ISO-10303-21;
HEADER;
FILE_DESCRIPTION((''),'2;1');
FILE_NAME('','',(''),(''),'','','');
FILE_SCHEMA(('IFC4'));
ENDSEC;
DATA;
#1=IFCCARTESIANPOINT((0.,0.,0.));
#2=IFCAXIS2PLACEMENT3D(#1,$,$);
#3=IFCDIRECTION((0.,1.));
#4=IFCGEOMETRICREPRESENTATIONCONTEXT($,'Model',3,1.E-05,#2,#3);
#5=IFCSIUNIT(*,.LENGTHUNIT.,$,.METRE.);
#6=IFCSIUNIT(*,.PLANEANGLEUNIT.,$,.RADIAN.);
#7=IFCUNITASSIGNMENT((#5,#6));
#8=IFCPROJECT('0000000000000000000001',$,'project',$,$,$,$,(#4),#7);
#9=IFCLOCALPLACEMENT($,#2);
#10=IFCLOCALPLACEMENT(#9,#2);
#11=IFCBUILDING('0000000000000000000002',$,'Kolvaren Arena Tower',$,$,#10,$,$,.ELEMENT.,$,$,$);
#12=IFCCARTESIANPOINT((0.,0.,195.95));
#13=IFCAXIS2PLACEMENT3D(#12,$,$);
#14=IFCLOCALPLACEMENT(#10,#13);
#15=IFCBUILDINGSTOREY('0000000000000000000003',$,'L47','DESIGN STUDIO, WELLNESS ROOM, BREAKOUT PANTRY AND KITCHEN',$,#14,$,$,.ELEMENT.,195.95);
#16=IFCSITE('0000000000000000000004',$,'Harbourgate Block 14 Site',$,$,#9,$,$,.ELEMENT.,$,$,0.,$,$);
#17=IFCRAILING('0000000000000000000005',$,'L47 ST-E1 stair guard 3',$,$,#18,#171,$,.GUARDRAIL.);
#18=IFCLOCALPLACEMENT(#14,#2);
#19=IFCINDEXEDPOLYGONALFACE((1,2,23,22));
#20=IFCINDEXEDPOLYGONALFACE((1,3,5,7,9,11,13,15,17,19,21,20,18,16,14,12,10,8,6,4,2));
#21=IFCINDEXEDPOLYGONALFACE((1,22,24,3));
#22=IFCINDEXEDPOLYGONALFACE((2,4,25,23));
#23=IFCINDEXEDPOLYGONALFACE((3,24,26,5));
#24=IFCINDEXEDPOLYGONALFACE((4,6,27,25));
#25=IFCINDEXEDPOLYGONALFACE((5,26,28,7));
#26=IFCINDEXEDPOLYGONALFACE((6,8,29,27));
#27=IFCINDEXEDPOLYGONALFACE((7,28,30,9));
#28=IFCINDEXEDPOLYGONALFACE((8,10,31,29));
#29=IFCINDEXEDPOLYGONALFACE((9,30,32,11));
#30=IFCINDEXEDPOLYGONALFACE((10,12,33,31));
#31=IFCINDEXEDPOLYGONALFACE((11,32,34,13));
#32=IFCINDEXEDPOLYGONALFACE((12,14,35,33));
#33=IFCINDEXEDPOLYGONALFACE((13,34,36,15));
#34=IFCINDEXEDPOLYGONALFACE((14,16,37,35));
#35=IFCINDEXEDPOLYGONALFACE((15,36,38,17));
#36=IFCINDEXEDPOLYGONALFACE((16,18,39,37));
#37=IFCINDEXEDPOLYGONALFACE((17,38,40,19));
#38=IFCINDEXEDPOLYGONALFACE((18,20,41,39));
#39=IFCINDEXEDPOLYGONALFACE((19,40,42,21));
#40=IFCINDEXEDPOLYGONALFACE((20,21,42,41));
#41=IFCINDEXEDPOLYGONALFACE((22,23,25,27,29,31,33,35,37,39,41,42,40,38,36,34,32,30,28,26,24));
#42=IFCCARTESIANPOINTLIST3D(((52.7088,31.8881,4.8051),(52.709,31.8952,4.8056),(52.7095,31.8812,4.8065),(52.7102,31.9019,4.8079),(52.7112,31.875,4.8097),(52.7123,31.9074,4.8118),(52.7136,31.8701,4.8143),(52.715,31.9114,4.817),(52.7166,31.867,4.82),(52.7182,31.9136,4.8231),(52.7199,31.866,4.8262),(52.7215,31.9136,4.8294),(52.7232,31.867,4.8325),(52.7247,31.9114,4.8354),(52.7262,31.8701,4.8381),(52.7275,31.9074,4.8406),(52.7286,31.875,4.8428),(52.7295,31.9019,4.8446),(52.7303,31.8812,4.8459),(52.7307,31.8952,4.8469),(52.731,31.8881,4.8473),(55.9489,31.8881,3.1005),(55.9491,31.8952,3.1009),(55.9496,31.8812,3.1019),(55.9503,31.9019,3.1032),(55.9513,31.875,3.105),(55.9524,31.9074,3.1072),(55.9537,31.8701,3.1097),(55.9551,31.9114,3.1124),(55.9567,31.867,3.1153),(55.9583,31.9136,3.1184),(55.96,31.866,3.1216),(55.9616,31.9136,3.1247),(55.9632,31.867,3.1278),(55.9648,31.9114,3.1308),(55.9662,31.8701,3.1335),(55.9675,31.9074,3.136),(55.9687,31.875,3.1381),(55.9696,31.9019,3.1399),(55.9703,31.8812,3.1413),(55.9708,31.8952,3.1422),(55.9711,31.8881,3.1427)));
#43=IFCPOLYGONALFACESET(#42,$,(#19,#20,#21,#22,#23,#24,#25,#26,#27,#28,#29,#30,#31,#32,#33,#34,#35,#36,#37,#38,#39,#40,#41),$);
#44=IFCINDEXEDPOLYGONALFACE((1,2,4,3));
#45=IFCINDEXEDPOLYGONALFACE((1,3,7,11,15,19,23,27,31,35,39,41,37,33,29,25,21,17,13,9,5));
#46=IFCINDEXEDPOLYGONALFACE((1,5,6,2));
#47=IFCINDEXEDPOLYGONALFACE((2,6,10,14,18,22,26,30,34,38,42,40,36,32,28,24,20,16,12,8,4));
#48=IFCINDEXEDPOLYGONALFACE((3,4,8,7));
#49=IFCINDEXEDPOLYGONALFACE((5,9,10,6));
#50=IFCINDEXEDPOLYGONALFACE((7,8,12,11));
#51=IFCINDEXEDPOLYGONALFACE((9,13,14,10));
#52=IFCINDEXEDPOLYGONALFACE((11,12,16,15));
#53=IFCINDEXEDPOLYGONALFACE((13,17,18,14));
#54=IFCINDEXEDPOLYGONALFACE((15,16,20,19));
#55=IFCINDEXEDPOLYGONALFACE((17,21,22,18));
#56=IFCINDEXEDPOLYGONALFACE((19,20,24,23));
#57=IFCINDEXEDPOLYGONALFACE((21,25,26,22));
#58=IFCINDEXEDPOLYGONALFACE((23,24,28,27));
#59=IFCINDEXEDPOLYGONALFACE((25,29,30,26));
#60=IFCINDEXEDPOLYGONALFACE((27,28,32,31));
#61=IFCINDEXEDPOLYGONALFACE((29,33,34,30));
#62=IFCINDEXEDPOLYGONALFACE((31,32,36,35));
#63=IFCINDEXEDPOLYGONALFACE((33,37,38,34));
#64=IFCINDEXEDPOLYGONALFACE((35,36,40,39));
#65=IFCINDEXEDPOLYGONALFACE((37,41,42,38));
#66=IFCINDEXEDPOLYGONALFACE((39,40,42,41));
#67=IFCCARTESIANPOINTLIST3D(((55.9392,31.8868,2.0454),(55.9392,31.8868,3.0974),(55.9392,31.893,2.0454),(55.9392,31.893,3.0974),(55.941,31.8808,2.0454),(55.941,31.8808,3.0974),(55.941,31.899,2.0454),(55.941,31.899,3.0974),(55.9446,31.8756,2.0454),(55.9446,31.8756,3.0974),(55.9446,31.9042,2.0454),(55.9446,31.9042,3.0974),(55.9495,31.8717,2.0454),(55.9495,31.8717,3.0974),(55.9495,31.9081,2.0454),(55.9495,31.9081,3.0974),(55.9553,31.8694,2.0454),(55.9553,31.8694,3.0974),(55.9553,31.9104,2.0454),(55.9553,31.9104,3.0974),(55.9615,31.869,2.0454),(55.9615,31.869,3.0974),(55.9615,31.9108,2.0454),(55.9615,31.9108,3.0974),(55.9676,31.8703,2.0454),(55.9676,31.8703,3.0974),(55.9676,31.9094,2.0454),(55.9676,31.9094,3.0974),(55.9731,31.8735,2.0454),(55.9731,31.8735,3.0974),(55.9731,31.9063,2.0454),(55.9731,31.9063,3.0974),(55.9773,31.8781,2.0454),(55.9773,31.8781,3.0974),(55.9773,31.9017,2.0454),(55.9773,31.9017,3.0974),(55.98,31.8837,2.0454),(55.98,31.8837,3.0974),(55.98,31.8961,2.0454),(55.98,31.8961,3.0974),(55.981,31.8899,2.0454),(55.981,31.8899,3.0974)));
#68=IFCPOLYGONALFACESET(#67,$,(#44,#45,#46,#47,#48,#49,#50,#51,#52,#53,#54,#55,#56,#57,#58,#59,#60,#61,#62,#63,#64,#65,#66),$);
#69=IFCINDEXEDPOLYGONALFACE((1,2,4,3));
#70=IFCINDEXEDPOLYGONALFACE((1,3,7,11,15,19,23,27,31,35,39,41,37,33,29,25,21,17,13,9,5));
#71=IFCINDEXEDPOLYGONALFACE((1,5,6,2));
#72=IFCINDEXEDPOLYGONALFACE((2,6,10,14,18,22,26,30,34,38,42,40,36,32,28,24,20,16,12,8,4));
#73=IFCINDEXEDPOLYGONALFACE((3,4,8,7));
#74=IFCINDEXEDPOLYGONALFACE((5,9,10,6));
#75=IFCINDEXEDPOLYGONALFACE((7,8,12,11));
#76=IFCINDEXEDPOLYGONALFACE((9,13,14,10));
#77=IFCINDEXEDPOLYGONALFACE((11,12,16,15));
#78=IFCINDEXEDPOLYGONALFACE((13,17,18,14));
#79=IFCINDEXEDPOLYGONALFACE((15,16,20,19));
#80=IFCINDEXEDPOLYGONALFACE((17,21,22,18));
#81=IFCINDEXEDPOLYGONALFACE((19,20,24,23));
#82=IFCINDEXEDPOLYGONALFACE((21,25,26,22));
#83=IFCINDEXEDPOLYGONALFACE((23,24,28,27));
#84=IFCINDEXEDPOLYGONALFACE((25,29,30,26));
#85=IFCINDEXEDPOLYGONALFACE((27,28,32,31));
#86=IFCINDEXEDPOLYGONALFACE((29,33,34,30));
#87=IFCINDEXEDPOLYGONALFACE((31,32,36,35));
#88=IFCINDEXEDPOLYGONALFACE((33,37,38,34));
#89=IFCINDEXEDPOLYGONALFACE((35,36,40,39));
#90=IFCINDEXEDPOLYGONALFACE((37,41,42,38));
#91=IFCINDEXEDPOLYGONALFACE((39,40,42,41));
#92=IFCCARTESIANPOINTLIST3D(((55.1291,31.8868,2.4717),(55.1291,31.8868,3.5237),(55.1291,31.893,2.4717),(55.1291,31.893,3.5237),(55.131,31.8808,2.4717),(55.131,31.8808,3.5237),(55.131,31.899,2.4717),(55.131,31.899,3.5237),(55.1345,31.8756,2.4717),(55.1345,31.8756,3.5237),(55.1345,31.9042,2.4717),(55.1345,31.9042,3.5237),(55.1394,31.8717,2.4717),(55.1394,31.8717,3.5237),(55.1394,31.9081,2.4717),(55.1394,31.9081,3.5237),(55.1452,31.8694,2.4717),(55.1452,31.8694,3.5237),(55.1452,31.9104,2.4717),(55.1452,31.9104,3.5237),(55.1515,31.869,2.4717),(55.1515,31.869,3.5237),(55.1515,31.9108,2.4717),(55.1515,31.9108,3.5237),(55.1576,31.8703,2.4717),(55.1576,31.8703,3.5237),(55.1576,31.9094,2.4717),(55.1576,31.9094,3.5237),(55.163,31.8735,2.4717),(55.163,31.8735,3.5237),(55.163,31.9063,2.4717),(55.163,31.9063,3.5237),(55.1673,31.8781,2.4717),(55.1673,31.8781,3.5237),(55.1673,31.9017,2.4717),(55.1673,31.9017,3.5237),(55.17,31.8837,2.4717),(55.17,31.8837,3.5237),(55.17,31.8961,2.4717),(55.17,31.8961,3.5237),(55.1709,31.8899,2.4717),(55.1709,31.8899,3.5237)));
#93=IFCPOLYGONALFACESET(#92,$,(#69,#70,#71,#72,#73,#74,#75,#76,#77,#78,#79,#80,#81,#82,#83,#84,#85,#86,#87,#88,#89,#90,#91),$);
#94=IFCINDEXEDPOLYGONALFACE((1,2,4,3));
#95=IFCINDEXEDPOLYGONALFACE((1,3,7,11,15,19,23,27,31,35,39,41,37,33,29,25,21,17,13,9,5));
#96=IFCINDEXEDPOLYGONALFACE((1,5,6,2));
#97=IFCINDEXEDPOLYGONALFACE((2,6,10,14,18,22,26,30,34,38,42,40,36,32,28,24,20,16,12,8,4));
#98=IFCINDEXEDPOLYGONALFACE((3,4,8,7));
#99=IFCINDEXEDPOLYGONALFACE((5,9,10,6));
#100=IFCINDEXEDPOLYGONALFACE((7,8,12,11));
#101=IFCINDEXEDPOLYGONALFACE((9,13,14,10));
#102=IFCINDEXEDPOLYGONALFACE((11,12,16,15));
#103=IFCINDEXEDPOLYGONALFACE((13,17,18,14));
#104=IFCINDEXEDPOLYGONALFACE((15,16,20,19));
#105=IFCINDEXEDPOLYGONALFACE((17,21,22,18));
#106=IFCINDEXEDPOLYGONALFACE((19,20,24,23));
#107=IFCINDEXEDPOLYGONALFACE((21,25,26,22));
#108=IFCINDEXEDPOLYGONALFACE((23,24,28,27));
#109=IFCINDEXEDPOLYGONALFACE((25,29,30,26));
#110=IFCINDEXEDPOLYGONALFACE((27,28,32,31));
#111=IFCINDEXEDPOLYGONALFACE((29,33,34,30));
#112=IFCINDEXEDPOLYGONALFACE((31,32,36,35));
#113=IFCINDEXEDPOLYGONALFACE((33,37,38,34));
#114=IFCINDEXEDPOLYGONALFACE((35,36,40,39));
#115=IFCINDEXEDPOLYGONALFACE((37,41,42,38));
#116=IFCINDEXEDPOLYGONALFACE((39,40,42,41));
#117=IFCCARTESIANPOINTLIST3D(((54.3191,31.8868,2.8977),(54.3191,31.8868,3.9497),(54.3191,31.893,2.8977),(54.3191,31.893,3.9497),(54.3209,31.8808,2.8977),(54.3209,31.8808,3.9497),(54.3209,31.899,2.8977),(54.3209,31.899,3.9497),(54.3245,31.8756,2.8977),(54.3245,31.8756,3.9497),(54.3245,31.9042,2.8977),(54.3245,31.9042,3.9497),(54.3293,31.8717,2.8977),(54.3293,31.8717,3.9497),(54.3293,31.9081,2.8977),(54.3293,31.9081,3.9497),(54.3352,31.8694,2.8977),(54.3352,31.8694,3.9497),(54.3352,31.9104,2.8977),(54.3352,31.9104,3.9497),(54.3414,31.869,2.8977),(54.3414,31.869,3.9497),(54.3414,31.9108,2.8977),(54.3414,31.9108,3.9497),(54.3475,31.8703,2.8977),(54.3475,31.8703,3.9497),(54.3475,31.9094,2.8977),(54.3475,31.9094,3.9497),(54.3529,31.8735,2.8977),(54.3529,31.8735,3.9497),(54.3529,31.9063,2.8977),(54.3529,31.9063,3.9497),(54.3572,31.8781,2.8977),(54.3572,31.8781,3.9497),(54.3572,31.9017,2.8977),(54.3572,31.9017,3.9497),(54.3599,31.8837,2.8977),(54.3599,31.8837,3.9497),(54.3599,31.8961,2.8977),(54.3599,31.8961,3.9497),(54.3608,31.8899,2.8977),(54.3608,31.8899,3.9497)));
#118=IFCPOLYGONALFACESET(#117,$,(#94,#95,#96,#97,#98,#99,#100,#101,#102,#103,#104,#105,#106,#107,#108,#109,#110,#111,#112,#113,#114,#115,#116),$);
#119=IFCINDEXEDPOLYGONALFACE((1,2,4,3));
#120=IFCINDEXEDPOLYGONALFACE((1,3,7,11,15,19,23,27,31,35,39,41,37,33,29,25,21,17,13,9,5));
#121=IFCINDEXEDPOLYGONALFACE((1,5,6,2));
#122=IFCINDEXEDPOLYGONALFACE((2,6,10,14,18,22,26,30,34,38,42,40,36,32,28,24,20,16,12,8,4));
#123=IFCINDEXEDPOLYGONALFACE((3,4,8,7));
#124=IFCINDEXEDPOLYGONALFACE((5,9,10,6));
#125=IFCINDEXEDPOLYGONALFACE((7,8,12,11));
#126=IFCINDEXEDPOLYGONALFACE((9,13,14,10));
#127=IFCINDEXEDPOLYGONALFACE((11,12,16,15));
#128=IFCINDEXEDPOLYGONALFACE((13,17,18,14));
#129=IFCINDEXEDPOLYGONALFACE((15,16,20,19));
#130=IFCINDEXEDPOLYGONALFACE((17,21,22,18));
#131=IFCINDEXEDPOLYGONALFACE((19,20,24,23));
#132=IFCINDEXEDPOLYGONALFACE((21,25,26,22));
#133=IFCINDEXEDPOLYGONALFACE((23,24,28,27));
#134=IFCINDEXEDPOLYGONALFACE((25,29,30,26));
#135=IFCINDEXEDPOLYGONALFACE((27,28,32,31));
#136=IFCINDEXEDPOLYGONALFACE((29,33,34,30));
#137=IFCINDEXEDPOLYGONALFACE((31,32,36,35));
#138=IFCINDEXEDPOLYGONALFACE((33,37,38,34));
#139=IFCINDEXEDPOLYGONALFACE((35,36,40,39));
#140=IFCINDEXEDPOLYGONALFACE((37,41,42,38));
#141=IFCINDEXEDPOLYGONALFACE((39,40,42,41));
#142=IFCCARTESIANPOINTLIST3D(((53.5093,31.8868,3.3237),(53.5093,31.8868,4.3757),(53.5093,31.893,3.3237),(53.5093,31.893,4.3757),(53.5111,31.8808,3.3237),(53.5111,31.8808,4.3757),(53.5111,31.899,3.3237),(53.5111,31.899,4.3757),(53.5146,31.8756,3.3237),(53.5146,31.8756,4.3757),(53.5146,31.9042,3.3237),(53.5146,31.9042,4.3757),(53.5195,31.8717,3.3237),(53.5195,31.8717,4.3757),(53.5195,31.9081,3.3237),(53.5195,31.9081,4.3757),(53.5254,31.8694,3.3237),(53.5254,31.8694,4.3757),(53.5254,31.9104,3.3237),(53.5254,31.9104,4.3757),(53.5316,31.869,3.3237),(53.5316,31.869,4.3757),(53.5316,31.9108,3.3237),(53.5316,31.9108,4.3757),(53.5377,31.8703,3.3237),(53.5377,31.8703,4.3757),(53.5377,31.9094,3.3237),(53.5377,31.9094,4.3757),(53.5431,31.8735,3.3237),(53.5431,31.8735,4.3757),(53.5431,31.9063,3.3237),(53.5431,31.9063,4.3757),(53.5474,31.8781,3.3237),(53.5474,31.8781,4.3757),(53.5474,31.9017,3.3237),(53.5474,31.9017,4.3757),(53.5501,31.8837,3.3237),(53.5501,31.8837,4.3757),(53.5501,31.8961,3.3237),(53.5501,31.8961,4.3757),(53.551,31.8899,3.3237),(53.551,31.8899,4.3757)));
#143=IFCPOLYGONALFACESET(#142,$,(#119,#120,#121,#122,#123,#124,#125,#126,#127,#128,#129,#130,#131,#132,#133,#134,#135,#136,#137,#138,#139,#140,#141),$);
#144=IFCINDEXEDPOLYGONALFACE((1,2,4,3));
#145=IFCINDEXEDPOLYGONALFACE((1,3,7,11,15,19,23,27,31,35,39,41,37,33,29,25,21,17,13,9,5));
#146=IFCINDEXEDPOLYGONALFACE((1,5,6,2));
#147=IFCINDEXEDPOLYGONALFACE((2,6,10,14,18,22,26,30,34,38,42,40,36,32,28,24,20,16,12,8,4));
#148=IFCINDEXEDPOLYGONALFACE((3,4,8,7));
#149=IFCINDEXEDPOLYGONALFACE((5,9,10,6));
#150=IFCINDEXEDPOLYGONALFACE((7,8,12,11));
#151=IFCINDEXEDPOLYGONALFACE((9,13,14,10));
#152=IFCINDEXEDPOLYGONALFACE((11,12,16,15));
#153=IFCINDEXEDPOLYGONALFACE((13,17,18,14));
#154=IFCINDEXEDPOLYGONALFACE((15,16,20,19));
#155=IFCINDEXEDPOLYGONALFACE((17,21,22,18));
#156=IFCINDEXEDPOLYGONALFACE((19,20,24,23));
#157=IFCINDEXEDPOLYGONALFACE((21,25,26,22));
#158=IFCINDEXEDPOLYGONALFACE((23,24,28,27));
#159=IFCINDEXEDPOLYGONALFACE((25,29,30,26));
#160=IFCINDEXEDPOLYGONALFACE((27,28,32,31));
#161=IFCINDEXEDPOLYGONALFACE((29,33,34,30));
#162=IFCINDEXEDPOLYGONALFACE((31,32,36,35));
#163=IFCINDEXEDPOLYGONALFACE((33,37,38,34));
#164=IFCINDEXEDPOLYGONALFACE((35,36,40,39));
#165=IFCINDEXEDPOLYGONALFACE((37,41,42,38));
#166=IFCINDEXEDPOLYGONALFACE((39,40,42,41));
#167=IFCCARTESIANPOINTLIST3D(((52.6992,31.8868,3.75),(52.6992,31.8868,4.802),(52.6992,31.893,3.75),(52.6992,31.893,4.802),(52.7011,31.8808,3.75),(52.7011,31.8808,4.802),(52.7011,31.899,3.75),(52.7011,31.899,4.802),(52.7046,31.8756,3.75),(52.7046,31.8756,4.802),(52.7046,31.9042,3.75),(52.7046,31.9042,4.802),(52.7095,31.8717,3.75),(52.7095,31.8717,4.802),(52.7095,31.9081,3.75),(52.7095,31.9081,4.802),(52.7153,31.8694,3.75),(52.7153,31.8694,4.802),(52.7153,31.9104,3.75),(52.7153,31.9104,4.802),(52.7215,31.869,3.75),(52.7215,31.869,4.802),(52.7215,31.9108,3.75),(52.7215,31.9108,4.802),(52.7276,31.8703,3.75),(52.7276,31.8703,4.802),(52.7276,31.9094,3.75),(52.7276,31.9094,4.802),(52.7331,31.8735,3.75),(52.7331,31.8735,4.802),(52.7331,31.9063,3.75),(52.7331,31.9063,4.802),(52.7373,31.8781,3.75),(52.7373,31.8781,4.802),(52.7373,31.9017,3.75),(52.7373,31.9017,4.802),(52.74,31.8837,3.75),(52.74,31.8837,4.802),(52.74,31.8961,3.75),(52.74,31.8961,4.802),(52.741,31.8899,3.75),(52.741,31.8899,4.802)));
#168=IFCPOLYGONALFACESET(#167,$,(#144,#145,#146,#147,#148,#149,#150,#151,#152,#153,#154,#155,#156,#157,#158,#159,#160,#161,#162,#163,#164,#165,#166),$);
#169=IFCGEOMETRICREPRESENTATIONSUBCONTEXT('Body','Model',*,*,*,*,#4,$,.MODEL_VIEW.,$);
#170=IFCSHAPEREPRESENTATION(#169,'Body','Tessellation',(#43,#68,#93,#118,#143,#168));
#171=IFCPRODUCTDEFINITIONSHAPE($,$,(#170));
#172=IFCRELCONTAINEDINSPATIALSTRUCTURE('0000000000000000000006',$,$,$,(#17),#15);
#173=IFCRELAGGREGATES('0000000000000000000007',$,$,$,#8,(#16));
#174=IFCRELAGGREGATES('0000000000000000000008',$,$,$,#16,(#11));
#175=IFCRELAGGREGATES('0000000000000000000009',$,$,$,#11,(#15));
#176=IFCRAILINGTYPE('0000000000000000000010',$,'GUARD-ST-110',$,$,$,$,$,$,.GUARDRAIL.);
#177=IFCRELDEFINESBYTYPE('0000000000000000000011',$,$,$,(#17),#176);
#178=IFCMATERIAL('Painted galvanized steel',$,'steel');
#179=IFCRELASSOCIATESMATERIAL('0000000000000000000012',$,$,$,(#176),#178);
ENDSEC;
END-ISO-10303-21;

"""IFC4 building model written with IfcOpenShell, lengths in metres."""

from ifc_helpers import new_model, si_unit, direction, frame, origin, origin_2d, place, context, subcontext, project, spatial, circle, extrude, material, type_object, element, save


model = new_model("IFC4")

# Units and contexts
model_context = context("Model", 3, precision=1e-05, world=origin(), true_north=direction((0.0, 1.0)))
body_context = subcontext(model_context, "Body", "Model", "MODEL_VIEW")
ifc_project = project(units=[si_unit("LENGTHUNIT", "METRE"), si_unit("PLANEANGLEUNIT", "RADIAN")], contexts=[model_context])

# Site, building, storey
site_placement = place(None, origin())
site = spatial("IfcSite", under=ifc_project, at=site_placement, Name="Harbourgate Block 14 Site", CompositionType="ELEMENT", RefElevation=0.0)
building_placement = place(site_placement, origin())
building = spatial("IfcBuilding", under=site, at=building_placement, Name="Kolvaren Arena Tower", CompositionType="ELEMENT")
storey_placement = place(building_placement, frame((0.0, 0.0, 195.95)))
storey = spatial("IfcBuildingStorey", under=building, at=storey_placement, Name="L47", Description="DESIGN STUDIO, WELLNESS ROOM, BREAKOUT PANTRY AND KITCHEN", CompositionType="ELEMENT", Elevation=195.95)

# Railing
ifc_material_1 = material(Name="Painted galvanized steel", Category="steel")
railing_type_1 = type_object("IfcRailingType", Name="GUARD-ST-110", PredefinedType="GUARDRAIL", material=ifc_material_1)
railing_1_placement = place(storey_placement, frame((55.96, 31.8899, 2.0454)))
element("IfcRailing", 1, at=railing_1_placement, inside=storey, type_object=railing_type_1, Name="L47 ST-E1 stair guard 3", PredefinedType="GUARDRAIL", context=body_context, shape_type="SweptSolid", body=[
    extrude(circle(Radius=0.0239, at=origin_2d()), frame((0.0, 0.0, 1.0762), z_axis=(-0.884993, 0.0, 0.465604), x_axis=(0.0, -1.0, 0.0)), (0.0, 0.0, 1.0), 3.6611),
    extrude(circle(Radius=0.021, at=origin_2d()), origin(), (0.0, 0.0, 1.0), 1.052),
    extrude(circle(Radius=0.021, at=origin_2d()), frame((-0.8101, 0.0, 0.4263)), (0.0, 0.0, 1.0), 1.052),
    extrude(circle(Radius=0.021, at=origin_2d()), frame((-1.6201, 0.0, 0.8523)), (0.0, 0.0, 1.0), 1.052),
    extrude(circle(Radius=0.021, at=origin_2d()), frame((-2.4299, 0.0, 1.2783)), (0.0, 0.0, 1.0), 1.052),
    extrude(circle(Radius=0.021, at=origin_2d()), frame((-3.24, 0.0, 1.7046)), (0.0, 0.0, 1.0), 1.052),
])

save(model, "model.ifc")
